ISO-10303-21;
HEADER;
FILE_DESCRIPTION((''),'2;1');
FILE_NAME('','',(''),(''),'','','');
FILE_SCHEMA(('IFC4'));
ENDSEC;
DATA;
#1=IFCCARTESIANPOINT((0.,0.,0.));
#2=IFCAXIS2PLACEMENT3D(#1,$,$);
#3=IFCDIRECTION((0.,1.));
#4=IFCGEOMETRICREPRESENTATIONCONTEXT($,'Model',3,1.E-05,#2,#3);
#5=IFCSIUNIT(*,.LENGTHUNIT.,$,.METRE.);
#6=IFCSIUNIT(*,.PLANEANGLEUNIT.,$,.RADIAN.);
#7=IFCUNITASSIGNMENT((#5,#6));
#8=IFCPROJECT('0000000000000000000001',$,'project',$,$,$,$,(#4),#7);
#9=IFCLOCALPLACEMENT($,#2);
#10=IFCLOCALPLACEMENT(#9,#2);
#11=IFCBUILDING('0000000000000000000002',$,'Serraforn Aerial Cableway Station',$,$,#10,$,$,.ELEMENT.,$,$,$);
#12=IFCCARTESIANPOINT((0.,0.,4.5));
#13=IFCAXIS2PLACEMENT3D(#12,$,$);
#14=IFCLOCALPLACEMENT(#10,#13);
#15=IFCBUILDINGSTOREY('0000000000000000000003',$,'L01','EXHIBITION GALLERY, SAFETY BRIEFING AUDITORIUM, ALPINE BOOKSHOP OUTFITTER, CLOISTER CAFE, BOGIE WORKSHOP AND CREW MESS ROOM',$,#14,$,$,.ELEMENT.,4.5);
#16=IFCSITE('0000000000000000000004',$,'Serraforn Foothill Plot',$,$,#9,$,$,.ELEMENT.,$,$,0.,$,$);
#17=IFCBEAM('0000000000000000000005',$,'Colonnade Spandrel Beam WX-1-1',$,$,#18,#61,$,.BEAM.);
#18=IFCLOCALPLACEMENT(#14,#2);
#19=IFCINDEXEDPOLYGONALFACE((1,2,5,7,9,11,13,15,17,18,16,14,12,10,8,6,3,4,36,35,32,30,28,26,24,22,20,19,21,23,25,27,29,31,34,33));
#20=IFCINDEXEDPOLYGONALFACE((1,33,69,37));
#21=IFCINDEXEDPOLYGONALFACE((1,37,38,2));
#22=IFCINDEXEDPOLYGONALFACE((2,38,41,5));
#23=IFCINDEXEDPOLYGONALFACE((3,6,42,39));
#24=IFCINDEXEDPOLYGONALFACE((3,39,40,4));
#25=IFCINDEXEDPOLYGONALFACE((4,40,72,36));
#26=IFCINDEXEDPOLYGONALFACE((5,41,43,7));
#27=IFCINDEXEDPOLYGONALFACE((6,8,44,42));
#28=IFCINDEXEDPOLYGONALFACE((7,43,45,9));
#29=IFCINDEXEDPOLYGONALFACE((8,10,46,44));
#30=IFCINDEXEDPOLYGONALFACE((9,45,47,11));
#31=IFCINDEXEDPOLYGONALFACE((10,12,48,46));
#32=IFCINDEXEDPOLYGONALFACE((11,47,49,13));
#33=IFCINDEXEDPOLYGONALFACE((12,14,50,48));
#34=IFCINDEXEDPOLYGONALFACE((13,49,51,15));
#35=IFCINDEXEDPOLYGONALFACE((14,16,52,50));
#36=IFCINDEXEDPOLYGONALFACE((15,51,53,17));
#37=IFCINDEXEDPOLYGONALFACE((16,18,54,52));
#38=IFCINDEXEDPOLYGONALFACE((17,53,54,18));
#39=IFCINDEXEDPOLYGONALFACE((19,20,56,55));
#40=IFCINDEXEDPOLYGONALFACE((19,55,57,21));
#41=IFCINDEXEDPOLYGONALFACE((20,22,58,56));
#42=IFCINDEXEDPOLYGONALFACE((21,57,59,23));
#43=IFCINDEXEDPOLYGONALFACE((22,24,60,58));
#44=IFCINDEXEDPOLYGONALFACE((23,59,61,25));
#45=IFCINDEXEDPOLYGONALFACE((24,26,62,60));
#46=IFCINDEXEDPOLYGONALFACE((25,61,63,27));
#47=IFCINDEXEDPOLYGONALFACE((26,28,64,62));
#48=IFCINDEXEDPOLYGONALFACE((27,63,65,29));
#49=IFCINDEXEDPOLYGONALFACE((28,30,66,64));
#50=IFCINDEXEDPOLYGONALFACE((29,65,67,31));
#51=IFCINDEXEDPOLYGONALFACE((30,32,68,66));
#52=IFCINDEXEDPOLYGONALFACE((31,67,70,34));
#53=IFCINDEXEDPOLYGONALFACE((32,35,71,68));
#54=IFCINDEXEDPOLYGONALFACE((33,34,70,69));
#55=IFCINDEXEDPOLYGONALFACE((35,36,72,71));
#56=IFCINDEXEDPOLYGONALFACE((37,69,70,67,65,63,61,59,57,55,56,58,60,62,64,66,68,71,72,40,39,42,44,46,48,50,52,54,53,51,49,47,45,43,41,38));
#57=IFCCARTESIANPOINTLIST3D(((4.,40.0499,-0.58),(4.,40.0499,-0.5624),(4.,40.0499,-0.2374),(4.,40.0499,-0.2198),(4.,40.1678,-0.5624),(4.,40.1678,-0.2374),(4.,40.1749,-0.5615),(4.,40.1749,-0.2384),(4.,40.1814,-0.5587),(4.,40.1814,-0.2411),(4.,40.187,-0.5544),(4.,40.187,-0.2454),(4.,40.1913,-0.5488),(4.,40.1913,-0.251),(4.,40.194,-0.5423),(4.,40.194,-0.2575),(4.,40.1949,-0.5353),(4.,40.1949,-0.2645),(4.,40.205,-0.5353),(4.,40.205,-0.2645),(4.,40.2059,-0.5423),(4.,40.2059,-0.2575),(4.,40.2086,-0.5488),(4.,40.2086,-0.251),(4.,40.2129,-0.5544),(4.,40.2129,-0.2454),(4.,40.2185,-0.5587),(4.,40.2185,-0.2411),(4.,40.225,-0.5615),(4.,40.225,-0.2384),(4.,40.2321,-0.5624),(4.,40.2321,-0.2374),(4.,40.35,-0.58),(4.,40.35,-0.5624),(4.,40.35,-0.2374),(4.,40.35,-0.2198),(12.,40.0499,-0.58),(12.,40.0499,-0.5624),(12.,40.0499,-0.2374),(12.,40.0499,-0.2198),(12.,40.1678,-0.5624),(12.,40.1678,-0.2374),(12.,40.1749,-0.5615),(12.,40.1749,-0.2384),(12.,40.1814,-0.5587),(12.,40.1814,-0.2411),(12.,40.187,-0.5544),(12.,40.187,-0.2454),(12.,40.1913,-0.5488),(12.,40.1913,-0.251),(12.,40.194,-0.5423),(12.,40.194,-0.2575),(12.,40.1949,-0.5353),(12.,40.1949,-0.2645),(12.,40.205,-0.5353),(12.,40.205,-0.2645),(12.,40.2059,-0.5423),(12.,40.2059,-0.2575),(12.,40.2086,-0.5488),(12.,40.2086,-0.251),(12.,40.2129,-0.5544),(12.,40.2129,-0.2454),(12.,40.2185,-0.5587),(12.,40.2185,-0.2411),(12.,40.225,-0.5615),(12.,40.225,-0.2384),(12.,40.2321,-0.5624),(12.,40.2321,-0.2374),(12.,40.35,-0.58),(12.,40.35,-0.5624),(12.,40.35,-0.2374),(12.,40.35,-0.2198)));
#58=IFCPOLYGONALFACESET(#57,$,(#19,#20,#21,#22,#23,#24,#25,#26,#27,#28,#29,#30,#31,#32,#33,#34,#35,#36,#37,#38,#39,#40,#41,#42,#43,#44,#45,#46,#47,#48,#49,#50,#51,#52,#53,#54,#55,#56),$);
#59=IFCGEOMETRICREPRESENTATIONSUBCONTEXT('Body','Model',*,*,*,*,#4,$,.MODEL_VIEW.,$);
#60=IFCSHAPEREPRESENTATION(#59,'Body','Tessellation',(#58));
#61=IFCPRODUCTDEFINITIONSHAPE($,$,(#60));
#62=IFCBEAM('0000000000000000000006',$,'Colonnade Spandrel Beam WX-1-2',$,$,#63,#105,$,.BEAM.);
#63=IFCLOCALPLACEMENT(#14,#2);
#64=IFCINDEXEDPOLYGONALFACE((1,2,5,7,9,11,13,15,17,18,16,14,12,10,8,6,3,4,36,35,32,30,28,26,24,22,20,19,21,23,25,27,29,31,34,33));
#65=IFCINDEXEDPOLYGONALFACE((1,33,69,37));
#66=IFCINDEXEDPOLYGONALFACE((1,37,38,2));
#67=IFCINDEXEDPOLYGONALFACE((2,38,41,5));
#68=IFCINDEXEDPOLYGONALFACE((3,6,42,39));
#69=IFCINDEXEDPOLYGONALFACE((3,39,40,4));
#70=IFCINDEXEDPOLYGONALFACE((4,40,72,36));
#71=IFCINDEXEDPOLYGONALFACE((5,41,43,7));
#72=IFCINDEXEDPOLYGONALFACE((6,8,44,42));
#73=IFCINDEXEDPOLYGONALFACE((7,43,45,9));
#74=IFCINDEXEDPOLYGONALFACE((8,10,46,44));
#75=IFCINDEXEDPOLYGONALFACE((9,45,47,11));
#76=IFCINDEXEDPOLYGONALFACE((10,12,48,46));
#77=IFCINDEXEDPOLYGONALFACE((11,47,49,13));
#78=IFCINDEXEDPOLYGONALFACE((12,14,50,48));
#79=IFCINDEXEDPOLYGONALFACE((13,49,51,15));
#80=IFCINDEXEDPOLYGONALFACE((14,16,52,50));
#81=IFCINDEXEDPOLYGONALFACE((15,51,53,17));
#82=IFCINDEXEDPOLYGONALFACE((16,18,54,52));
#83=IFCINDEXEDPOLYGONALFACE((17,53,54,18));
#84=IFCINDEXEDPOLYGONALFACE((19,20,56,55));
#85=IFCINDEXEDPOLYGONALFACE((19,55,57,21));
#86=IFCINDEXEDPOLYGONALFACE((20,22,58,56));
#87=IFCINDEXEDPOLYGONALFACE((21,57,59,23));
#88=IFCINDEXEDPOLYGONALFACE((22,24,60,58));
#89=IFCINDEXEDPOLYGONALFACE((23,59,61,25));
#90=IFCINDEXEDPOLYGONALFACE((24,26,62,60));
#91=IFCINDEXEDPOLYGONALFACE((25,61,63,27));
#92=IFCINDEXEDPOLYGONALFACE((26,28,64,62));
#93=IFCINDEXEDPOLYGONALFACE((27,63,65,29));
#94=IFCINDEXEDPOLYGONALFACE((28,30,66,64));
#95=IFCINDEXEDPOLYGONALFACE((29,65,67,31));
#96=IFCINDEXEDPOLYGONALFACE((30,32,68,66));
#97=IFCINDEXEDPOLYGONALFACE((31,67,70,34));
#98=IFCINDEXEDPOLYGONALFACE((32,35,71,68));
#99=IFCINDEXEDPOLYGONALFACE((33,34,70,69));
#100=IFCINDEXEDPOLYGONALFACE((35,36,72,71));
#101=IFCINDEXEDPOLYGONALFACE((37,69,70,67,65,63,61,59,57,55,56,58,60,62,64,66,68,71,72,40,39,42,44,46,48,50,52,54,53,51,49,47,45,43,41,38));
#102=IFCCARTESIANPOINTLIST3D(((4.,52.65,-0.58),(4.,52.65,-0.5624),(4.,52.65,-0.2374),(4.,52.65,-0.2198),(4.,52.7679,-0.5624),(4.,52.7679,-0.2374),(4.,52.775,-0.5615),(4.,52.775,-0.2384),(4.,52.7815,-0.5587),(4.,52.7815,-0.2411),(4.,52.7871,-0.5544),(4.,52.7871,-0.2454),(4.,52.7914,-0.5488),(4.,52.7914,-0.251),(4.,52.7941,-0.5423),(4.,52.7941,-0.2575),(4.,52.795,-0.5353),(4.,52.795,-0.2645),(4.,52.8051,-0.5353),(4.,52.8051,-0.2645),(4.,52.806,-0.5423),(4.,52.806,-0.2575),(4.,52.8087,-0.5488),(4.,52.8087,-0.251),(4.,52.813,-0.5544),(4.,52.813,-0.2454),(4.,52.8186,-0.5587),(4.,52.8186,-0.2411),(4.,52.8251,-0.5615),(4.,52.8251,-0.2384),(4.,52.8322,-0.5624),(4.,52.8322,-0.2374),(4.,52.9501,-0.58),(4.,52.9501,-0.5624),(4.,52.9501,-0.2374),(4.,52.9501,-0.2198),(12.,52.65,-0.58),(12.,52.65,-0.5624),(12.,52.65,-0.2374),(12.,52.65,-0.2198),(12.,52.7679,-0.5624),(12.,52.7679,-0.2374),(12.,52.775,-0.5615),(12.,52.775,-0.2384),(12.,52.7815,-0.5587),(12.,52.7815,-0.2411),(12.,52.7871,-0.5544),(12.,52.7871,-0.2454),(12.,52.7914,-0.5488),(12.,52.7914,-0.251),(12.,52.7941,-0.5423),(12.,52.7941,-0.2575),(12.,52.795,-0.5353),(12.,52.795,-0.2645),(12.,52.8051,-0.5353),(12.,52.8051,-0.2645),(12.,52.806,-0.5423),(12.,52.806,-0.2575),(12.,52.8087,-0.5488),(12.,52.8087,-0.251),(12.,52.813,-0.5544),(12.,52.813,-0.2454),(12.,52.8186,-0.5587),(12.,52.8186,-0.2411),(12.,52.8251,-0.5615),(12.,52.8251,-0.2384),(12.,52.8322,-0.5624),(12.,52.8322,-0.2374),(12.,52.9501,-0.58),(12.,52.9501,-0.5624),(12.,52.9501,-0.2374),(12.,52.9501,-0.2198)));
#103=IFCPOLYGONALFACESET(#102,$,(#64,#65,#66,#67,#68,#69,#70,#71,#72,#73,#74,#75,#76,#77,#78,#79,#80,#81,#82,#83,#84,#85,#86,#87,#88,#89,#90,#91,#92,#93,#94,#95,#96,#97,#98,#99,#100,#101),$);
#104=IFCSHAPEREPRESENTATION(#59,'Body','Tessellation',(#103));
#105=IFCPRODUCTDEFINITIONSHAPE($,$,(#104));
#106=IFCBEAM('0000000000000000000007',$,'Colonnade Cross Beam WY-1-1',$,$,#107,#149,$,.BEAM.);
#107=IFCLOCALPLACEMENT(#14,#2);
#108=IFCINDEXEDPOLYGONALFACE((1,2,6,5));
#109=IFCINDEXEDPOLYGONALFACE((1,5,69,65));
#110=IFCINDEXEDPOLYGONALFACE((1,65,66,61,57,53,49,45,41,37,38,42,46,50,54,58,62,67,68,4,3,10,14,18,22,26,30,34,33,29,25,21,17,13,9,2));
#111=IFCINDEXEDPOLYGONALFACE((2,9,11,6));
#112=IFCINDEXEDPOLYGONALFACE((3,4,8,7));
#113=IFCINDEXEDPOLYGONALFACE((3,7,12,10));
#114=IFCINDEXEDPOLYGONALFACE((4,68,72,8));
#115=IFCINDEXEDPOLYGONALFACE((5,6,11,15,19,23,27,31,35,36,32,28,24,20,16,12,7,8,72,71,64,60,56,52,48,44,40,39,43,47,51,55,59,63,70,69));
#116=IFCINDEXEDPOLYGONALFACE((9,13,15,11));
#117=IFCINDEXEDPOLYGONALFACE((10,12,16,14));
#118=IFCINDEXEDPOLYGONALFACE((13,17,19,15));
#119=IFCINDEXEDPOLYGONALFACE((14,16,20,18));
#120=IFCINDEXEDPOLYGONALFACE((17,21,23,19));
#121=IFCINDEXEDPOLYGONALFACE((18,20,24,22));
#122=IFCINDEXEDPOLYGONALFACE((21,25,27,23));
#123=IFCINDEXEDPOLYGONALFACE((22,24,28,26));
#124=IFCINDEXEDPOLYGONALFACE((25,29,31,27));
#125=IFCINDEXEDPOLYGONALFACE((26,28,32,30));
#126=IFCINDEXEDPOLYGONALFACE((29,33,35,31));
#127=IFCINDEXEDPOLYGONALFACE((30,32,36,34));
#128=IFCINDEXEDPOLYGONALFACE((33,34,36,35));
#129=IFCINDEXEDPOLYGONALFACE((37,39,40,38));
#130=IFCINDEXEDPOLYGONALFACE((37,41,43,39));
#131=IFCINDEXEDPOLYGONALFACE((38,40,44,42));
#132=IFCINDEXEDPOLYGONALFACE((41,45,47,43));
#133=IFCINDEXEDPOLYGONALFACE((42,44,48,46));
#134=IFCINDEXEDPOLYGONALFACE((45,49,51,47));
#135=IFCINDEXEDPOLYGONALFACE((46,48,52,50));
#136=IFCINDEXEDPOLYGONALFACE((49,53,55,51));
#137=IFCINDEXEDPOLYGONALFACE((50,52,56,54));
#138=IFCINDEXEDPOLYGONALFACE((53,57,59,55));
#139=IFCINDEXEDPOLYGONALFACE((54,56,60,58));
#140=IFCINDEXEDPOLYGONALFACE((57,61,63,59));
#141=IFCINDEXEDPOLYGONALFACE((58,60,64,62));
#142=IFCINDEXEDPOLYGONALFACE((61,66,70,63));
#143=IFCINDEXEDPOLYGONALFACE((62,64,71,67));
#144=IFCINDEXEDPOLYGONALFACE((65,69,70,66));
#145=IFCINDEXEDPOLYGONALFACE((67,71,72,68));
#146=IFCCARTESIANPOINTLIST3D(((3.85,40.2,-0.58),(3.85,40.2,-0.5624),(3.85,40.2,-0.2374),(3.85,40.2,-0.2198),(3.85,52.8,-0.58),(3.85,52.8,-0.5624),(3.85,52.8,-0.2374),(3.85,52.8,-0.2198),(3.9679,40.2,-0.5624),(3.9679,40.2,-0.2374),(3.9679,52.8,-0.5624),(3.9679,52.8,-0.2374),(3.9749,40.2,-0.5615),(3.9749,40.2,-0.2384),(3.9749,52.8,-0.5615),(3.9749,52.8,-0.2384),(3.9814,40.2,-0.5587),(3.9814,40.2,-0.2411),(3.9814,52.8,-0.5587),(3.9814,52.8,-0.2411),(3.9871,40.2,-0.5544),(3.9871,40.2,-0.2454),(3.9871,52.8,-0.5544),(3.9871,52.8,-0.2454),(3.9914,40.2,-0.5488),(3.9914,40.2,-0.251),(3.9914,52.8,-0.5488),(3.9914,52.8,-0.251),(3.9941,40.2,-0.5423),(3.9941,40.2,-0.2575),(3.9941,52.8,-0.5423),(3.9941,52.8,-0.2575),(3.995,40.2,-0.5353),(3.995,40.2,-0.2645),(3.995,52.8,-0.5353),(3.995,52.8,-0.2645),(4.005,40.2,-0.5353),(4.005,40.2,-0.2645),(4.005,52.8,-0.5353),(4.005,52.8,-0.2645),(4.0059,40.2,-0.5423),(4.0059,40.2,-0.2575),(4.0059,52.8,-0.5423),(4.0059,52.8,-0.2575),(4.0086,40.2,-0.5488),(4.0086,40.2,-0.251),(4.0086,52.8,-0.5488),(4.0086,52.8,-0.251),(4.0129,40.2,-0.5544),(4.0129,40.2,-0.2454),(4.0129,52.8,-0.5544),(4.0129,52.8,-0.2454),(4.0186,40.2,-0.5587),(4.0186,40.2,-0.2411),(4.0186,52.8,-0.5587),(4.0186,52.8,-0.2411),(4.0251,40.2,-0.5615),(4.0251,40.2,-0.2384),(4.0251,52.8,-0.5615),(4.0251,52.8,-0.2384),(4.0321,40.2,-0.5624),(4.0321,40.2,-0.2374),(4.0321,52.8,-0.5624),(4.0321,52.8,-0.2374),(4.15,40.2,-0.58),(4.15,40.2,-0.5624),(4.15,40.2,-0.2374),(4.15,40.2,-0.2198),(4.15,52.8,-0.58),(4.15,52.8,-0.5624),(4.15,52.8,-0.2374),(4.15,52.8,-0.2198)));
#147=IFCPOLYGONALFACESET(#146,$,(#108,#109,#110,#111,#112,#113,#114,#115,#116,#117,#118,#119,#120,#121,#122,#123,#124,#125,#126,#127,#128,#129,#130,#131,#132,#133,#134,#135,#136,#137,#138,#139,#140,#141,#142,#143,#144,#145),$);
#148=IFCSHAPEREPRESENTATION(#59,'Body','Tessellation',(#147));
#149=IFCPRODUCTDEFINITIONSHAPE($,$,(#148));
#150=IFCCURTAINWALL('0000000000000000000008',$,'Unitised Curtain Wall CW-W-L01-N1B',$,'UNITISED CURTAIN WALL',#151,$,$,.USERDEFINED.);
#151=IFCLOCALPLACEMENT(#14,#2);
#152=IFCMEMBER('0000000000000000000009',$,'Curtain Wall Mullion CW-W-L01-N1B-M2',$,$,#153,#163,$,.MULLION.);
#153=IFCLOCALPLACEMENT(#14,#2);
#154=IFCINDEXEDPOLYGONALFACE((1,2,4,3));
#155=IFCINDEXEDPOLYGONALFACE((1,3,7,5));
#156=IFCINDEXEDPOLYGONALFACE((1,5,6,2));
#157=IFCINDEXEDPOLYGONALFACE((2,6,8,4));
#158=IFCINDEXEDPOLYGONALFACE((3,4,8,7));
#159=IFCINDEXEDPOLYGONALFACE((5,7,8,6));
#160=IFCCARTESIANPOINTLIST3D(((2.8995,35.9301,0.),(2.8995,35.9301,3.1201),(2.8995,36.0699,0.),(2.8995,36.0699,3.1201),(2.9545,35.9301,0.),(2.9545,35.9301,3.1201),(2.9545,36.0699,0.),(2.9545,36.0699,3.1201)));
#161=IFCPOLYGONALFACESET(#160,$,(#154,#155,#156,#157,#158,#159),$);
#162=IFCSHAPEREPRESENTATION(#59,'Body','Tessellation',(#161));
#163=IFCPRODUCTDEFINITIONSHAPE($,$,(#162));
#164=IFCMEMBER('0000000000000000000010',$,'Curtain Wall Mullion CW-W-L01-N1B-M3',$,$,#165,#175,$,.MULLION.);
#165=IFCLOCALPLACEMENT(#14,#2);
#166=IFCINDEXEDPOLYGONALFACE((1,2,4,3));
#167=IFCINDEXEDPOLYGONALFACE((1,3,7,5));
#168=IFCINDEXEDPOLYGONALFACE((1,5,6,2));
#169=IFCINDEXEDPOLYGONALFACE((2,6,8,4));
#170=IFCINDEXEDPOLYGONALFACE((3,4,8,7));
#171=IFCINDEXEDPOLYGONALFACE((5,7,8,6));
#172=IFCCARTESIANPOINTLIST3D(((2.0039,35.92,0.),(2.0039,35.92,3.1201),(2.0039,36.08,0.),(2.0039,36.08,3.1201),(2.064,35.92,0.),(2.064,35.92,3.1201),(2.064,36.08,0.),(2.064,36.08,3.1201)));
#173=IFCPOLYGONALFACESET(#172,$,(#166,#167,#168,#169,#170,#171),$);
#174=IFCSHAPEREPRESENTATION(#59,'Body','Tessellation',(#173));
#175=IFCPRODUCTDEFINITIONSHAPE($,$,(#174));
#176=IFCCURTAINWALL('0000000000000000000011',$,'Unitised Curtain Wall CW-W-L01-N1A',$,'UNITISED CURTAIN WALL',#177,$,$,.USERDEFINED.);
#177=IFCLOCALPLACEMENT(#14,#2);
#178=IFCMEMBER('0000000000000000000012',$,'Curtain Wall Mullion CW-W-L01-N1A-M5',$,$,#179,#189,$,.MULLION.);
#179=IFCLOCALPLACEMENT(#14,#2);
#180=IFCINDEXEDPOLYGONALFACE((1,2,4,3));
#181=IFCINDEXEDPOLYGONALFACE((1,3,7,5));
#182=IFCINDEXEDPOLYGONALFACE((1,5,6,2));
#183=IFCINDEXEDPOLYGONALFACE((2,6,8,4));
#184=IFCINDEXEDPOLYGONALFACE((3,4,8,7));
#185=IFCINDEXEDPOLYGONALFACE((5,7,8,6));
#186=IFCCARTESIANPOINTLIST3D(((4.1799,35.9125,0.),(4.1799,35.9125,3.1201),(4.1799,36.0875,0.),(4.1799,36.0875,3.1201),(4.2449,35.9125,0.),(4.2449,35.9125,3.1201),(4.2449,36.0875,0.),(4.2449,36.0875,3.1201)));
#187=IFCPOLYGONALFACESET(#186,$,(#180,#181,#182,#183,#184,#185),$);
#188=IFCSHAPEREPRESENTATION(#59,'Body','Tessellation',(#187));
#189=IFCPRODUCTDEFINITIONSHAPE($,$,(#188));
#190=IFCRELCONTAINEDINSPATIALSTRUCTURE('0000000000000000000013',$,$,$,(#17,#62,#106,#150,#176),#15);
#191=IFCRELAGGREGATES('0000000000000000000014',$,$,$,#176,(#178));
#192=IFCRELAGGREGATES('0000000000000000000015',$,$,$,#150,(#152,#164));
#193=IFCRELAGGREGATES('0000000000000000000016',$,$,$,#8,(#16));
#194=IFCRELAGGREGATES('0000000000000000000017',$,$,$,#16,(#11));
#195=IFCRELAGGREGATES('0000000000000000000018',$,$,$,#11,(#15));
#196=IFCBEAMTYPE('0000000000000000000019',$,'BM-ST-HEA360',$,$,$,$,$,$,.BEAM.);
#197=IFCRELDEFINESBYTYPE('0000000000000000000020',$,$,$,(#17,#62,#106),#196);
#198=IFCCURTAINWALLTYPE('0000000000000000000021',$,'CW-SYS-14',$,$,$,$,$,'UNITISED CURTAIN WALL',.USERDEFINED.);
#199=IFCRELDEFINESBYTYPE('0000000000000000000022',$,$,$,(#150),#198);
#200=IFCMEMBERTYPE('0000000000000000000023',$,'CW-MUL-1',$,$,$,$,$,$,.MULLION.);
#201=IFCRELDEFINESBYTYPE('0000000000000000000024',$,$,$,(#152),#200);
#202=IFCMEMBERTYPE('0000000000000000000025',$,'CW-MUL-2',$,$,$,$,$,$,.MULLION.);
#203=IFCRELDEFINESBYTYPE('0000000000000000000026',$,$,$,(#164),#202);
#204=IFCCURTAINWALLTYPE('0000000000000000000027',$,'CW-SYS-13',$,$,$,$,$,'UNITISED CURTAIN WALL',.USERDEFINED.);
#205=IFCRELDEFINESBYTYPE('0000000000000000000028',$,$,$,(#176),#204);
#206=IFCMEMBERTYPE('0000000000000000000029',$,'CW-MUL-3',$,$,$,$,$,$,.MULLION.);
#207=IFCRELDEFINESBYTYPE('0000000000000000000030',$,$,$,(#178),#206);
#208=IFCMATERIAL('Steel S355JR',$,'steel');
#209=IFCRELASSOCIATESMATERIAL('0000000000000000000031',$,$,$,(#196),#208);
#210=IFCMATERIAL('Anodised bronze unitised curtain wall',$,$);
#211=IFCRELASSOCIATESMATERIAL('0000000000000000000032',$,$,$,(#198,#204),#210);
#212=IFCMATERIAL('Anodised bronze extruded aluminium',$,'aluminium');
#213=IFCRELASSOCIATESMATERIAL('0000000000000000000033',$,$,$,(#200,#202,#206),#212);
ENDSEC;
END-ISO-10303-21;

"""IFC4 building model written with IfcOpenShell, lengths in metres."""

from ifc_helpers import new_model, si_unit, direction, frame, origin, origin_2d, place, context, subcontext, project, spatial, rectangle, i_section, extrude, material, material_profile, profile_set, type_object, element, aggregate, save


model = new_model("IFC4")

# Units and contexts
model_context = context("Model", 3, precision=1e-05, world=origin(), true_north=direction((0.0, 1.0)))
body_context = subcontext(model_context, "Body", "Model", "MODEL_VIEW")
ifc_project = project(units=[si_unit("LENGTHUNIT", "METRE"), si_unit("PLANEANGLEUNIT", "RADIAN")], contexts=[model_context])

# Site, building, storey
site_placement = place(None, origin())
site = spatial("IfcSite", under=ifc_project, at=site_placement, Name="Serraforn Foothill Plot", CompositionType="ELEMENT", RefElevation=0.0)
building_placement = place(site_placement, origin())
building = spatial("IfcBuilding", under=site, at=building_placement, Name="Serraforn Aerial Cableway Station", CompositionType="ELEMENT")
storey_placement = place(building_placement, frame((0.0, 0.0, 4.5)))
storey = spatial("IfcBuildingStorey", under=building, at=storey_placement, Name="L01", Description="EXHIBITION GALLERY, SAFETY BRIEFING AUDITORIUM, ALPINE BOOKSHOP OUTFITTER, CLOISTER CAFE, BOGIE WORKSHOP AND CREW MESS ROOM", CompositionType="ELEMENT", Elevation=4.5)

# Beams
ifc_material_1 = material(Name="Steel S355JR", Category="steel")
ifc_material_profile_1 = material_profile(ifc_material_1, i_section(OverallWidth=0.3, OverallDepth=0.3601, WebThickness=0.01, FlangeThickness=0.0176, FilletRadius=0.0271, at=origin_2d()), Name="HEA 360")
ifc_profile_set_1 = profile_set([ifc_material_profile_1], Name="Steel S355JR")
beam_type = type_object("IfcBeamType", Name="BM-ST-HEA360", PredefinedType="BEAM", material=ifc_profile_set_1)
for number, where, z_axis, x_axis, name in (
    (1, (4.0, 40.2, -0.3999), (1.0, 0.0, 0.0), (0.0, 1.0, 0.0), "Colonnade Spandrel Beam WX-1-1"),
    (2, (4.0, 52.8, -0.3999), (1.0, 0.0, 0.0), (0.0, 1.0, 0.0), "Colonnade Spandrel Beam WX-1-2"),
):
    element("IfcBeam", number, at=place(storey_placement, frame(where, z_axis=z_axis, x_axis=x_axis)), inside=storey, type_object=beam_type, Name=name, PredefinedType="BEAM", context=body_context, shape_type="SweptSolid", body=[
        extrude(i_section(OverallWidth=0.3, OverallDepth=0.3601, WebThickness=0.01, FlangeThickness=0.0176, FilletRadius=0.0271, at=origin_2d()), origin(), (0.0, 0.0, 1.0), 8.0),
    ])
beam_placement = place(storey_placement, frame((4.0, 40.2, -0.3999), z_axis=(0.0, 1.0, 0.0), x_axis=(-1.0, 0.0, 0.0)))
element("IfcBeam", 3, at=beam_placement, inside=storey, type_object=beam_type, Name="Colonnade Cross Beam WY-1-1", PredefinedType="BEAM", context=body_context, shape_type="SweptSolid", body=[
    extrude(i_section(OverallWidth=0.3, OverallDepth=0.3601, WebThickness=0.01, FlangeThickness=0.0176, FilletRadius=0.0271, at=origin_2d()), origin(), (0.0, 0.0, 1.0), 12.6001),
])

# Curtain wall, members
ifc_material_2 = material(Name="Anodised bronze unitised curtain wall")
curtain_wall_type_1 = type_object("IfcCurtainWallType", Name="CW-SYS-14", ElementType="UNITISED CURTAIN WALL", PredefinedType="USERDEFINED", material=ifc_material_2)
curtain_wall_1_placement = place(storey_placement, origin())
curtain_wall_1 = element("IfcCurtainWall", 4, at=curtain_wall_1_placement, inside=storey, type_object=curtain_wall_type_1, Name="Unitised Curtain Wall CW-W-L01-N1B", ObjectType="UNITISED CURTAIN WALL", PredefinedType="USERDEFINED")
ifc_material_3 = material(Name="Anodised bronze extruded aluminium", Category="aluminium")
ifc_material_profile_2 = material_profile(ifc_material_3, rectangle(XDim=0.0549, YDim=0.1399, at=origin_2d()), Name="CW MULLION 55x140")
ifc_profile_set_2 = profile_set([ifc_material_profile_2], Name="Anodised bronze extruded aluminium")
member_type_1 = type_object("IfcMemberType", Name="CW-MUL-1", PredefinedType="MULLION", material=ifc_profile_set_2)
member_1_placement = place(storey_placement, frame((2.927, 36.0, 0.0), z_axis=(0.0, 0.0, 1.0), x_axis=(-1.0, 0.0, 0.0)))
member_1 = element("IfcMember", 5, at=member_1_placement, type_object=member_type_1, Name="Curtain Wall Mullion CW-W-L01-N1B-M2", PredefinedType="MULLION", context=body_context, shape_type="SweptSolid", body=[
    extrude(rectangle(XDim=0.0549, YDim=0.1399, at=origin_2d()), origin(), (0.0, 0.0, 1.0), 3.1201),
])
ifc_material_profile_3 = material_profile(ifc_material_3, rectangle(XDim=0.0601, YDim=0.1599, at=origin_2d()), Name="CW MULLION 60x160")
ifc_profile_set_3 = profile_set([ifc_material_profile_3], Name="Anodised bronze extruded aluminium")
member_type_2 = type_object("IfcMemberType", Name="CW-MUL-2", PredefinedType="MULLION", material=ifc_profile_set_3)
member_2_placement = place(storey_placement, frame((2.0339, 36.0, 0.0), z_axis=(0.0, 0.0, 1.0), x_axis=(-1.0, 0.0, 0.0)))
member_2 = element("IfcMember", 6, at=member_2_placement, type_object=member_type_2, Name="Curtain Wall Mullion CW-W-L01-N1B-M3", PredefinedType="MULLION", context=body_context, shape_type="SweptSolid", body=[
    extrude(rectangle(XDim=0.0601, YDim=0.1599, at=origin_2d()), origin(), (0.0, 0.0, 1.0), 3.1201),
])

# Curtain wall, member
curtain_wall_type_2 = type_object("IfcCurtainWallType", Name="CW-SYS-13", ElementType="UNITISED CURTAIN WALL", PredefinedType="USERDEFINED", material=ifc_material_2)
curtain_wall_2_placement = place(storey_placement, origin())
curtain_wall_2 = element("IfcCurtainWall", 7, at=curtain_wall_2_placement, inside=storey, type_object=curtain_wall_type_2, Name="Unitised Curtain Wall CW-W-L01-N1A", ObjectType="UNITISED CURTAIN WALL", PredefinedType="USERDEFINED")
ifc_material_profile_4 = material_profile(ifc_material_3, rectangle(XDim=0.0649, YDim=0.175, at=origin_2d()), Name="CW MULLION 65x175")
ifc_profile_set_4 = profile_set([ifc_material_profile_4], Name="Anodised bronze extruded aluminium")
member_type_3 = type_object("IfcMemberType", Name="CW-MUL-3", PredefinedType="MULLION", material=ifc_profile_set_4)
member_3_placement = place(storey_placement, frame((4.2124, 36.0, 0.0), z_axis=(0.0, 0.0, 1.0), x_axis=(-1.0, 0.0, 0.0)))
member_3 = element("IfcMember", 8, at=member_3_placement, type_object=member_type_3, Name="Curtain Wall Mullion CW-W-L01-N1A-M5", PredefinedType="MULLION", context=body_context, shape_type="SweptSolid", body=[
    extrude(rectangle(XDim=0.0649, YDim=0.175, at=origin_2d()), origin(), (0.0, 0.0, 1.0), 3.1201),
])

aggregate(curtain_wall_2, [member_3])
aggregate(curtain_wall_1, [member_1, member_2])

save(model, "model.ifc")
